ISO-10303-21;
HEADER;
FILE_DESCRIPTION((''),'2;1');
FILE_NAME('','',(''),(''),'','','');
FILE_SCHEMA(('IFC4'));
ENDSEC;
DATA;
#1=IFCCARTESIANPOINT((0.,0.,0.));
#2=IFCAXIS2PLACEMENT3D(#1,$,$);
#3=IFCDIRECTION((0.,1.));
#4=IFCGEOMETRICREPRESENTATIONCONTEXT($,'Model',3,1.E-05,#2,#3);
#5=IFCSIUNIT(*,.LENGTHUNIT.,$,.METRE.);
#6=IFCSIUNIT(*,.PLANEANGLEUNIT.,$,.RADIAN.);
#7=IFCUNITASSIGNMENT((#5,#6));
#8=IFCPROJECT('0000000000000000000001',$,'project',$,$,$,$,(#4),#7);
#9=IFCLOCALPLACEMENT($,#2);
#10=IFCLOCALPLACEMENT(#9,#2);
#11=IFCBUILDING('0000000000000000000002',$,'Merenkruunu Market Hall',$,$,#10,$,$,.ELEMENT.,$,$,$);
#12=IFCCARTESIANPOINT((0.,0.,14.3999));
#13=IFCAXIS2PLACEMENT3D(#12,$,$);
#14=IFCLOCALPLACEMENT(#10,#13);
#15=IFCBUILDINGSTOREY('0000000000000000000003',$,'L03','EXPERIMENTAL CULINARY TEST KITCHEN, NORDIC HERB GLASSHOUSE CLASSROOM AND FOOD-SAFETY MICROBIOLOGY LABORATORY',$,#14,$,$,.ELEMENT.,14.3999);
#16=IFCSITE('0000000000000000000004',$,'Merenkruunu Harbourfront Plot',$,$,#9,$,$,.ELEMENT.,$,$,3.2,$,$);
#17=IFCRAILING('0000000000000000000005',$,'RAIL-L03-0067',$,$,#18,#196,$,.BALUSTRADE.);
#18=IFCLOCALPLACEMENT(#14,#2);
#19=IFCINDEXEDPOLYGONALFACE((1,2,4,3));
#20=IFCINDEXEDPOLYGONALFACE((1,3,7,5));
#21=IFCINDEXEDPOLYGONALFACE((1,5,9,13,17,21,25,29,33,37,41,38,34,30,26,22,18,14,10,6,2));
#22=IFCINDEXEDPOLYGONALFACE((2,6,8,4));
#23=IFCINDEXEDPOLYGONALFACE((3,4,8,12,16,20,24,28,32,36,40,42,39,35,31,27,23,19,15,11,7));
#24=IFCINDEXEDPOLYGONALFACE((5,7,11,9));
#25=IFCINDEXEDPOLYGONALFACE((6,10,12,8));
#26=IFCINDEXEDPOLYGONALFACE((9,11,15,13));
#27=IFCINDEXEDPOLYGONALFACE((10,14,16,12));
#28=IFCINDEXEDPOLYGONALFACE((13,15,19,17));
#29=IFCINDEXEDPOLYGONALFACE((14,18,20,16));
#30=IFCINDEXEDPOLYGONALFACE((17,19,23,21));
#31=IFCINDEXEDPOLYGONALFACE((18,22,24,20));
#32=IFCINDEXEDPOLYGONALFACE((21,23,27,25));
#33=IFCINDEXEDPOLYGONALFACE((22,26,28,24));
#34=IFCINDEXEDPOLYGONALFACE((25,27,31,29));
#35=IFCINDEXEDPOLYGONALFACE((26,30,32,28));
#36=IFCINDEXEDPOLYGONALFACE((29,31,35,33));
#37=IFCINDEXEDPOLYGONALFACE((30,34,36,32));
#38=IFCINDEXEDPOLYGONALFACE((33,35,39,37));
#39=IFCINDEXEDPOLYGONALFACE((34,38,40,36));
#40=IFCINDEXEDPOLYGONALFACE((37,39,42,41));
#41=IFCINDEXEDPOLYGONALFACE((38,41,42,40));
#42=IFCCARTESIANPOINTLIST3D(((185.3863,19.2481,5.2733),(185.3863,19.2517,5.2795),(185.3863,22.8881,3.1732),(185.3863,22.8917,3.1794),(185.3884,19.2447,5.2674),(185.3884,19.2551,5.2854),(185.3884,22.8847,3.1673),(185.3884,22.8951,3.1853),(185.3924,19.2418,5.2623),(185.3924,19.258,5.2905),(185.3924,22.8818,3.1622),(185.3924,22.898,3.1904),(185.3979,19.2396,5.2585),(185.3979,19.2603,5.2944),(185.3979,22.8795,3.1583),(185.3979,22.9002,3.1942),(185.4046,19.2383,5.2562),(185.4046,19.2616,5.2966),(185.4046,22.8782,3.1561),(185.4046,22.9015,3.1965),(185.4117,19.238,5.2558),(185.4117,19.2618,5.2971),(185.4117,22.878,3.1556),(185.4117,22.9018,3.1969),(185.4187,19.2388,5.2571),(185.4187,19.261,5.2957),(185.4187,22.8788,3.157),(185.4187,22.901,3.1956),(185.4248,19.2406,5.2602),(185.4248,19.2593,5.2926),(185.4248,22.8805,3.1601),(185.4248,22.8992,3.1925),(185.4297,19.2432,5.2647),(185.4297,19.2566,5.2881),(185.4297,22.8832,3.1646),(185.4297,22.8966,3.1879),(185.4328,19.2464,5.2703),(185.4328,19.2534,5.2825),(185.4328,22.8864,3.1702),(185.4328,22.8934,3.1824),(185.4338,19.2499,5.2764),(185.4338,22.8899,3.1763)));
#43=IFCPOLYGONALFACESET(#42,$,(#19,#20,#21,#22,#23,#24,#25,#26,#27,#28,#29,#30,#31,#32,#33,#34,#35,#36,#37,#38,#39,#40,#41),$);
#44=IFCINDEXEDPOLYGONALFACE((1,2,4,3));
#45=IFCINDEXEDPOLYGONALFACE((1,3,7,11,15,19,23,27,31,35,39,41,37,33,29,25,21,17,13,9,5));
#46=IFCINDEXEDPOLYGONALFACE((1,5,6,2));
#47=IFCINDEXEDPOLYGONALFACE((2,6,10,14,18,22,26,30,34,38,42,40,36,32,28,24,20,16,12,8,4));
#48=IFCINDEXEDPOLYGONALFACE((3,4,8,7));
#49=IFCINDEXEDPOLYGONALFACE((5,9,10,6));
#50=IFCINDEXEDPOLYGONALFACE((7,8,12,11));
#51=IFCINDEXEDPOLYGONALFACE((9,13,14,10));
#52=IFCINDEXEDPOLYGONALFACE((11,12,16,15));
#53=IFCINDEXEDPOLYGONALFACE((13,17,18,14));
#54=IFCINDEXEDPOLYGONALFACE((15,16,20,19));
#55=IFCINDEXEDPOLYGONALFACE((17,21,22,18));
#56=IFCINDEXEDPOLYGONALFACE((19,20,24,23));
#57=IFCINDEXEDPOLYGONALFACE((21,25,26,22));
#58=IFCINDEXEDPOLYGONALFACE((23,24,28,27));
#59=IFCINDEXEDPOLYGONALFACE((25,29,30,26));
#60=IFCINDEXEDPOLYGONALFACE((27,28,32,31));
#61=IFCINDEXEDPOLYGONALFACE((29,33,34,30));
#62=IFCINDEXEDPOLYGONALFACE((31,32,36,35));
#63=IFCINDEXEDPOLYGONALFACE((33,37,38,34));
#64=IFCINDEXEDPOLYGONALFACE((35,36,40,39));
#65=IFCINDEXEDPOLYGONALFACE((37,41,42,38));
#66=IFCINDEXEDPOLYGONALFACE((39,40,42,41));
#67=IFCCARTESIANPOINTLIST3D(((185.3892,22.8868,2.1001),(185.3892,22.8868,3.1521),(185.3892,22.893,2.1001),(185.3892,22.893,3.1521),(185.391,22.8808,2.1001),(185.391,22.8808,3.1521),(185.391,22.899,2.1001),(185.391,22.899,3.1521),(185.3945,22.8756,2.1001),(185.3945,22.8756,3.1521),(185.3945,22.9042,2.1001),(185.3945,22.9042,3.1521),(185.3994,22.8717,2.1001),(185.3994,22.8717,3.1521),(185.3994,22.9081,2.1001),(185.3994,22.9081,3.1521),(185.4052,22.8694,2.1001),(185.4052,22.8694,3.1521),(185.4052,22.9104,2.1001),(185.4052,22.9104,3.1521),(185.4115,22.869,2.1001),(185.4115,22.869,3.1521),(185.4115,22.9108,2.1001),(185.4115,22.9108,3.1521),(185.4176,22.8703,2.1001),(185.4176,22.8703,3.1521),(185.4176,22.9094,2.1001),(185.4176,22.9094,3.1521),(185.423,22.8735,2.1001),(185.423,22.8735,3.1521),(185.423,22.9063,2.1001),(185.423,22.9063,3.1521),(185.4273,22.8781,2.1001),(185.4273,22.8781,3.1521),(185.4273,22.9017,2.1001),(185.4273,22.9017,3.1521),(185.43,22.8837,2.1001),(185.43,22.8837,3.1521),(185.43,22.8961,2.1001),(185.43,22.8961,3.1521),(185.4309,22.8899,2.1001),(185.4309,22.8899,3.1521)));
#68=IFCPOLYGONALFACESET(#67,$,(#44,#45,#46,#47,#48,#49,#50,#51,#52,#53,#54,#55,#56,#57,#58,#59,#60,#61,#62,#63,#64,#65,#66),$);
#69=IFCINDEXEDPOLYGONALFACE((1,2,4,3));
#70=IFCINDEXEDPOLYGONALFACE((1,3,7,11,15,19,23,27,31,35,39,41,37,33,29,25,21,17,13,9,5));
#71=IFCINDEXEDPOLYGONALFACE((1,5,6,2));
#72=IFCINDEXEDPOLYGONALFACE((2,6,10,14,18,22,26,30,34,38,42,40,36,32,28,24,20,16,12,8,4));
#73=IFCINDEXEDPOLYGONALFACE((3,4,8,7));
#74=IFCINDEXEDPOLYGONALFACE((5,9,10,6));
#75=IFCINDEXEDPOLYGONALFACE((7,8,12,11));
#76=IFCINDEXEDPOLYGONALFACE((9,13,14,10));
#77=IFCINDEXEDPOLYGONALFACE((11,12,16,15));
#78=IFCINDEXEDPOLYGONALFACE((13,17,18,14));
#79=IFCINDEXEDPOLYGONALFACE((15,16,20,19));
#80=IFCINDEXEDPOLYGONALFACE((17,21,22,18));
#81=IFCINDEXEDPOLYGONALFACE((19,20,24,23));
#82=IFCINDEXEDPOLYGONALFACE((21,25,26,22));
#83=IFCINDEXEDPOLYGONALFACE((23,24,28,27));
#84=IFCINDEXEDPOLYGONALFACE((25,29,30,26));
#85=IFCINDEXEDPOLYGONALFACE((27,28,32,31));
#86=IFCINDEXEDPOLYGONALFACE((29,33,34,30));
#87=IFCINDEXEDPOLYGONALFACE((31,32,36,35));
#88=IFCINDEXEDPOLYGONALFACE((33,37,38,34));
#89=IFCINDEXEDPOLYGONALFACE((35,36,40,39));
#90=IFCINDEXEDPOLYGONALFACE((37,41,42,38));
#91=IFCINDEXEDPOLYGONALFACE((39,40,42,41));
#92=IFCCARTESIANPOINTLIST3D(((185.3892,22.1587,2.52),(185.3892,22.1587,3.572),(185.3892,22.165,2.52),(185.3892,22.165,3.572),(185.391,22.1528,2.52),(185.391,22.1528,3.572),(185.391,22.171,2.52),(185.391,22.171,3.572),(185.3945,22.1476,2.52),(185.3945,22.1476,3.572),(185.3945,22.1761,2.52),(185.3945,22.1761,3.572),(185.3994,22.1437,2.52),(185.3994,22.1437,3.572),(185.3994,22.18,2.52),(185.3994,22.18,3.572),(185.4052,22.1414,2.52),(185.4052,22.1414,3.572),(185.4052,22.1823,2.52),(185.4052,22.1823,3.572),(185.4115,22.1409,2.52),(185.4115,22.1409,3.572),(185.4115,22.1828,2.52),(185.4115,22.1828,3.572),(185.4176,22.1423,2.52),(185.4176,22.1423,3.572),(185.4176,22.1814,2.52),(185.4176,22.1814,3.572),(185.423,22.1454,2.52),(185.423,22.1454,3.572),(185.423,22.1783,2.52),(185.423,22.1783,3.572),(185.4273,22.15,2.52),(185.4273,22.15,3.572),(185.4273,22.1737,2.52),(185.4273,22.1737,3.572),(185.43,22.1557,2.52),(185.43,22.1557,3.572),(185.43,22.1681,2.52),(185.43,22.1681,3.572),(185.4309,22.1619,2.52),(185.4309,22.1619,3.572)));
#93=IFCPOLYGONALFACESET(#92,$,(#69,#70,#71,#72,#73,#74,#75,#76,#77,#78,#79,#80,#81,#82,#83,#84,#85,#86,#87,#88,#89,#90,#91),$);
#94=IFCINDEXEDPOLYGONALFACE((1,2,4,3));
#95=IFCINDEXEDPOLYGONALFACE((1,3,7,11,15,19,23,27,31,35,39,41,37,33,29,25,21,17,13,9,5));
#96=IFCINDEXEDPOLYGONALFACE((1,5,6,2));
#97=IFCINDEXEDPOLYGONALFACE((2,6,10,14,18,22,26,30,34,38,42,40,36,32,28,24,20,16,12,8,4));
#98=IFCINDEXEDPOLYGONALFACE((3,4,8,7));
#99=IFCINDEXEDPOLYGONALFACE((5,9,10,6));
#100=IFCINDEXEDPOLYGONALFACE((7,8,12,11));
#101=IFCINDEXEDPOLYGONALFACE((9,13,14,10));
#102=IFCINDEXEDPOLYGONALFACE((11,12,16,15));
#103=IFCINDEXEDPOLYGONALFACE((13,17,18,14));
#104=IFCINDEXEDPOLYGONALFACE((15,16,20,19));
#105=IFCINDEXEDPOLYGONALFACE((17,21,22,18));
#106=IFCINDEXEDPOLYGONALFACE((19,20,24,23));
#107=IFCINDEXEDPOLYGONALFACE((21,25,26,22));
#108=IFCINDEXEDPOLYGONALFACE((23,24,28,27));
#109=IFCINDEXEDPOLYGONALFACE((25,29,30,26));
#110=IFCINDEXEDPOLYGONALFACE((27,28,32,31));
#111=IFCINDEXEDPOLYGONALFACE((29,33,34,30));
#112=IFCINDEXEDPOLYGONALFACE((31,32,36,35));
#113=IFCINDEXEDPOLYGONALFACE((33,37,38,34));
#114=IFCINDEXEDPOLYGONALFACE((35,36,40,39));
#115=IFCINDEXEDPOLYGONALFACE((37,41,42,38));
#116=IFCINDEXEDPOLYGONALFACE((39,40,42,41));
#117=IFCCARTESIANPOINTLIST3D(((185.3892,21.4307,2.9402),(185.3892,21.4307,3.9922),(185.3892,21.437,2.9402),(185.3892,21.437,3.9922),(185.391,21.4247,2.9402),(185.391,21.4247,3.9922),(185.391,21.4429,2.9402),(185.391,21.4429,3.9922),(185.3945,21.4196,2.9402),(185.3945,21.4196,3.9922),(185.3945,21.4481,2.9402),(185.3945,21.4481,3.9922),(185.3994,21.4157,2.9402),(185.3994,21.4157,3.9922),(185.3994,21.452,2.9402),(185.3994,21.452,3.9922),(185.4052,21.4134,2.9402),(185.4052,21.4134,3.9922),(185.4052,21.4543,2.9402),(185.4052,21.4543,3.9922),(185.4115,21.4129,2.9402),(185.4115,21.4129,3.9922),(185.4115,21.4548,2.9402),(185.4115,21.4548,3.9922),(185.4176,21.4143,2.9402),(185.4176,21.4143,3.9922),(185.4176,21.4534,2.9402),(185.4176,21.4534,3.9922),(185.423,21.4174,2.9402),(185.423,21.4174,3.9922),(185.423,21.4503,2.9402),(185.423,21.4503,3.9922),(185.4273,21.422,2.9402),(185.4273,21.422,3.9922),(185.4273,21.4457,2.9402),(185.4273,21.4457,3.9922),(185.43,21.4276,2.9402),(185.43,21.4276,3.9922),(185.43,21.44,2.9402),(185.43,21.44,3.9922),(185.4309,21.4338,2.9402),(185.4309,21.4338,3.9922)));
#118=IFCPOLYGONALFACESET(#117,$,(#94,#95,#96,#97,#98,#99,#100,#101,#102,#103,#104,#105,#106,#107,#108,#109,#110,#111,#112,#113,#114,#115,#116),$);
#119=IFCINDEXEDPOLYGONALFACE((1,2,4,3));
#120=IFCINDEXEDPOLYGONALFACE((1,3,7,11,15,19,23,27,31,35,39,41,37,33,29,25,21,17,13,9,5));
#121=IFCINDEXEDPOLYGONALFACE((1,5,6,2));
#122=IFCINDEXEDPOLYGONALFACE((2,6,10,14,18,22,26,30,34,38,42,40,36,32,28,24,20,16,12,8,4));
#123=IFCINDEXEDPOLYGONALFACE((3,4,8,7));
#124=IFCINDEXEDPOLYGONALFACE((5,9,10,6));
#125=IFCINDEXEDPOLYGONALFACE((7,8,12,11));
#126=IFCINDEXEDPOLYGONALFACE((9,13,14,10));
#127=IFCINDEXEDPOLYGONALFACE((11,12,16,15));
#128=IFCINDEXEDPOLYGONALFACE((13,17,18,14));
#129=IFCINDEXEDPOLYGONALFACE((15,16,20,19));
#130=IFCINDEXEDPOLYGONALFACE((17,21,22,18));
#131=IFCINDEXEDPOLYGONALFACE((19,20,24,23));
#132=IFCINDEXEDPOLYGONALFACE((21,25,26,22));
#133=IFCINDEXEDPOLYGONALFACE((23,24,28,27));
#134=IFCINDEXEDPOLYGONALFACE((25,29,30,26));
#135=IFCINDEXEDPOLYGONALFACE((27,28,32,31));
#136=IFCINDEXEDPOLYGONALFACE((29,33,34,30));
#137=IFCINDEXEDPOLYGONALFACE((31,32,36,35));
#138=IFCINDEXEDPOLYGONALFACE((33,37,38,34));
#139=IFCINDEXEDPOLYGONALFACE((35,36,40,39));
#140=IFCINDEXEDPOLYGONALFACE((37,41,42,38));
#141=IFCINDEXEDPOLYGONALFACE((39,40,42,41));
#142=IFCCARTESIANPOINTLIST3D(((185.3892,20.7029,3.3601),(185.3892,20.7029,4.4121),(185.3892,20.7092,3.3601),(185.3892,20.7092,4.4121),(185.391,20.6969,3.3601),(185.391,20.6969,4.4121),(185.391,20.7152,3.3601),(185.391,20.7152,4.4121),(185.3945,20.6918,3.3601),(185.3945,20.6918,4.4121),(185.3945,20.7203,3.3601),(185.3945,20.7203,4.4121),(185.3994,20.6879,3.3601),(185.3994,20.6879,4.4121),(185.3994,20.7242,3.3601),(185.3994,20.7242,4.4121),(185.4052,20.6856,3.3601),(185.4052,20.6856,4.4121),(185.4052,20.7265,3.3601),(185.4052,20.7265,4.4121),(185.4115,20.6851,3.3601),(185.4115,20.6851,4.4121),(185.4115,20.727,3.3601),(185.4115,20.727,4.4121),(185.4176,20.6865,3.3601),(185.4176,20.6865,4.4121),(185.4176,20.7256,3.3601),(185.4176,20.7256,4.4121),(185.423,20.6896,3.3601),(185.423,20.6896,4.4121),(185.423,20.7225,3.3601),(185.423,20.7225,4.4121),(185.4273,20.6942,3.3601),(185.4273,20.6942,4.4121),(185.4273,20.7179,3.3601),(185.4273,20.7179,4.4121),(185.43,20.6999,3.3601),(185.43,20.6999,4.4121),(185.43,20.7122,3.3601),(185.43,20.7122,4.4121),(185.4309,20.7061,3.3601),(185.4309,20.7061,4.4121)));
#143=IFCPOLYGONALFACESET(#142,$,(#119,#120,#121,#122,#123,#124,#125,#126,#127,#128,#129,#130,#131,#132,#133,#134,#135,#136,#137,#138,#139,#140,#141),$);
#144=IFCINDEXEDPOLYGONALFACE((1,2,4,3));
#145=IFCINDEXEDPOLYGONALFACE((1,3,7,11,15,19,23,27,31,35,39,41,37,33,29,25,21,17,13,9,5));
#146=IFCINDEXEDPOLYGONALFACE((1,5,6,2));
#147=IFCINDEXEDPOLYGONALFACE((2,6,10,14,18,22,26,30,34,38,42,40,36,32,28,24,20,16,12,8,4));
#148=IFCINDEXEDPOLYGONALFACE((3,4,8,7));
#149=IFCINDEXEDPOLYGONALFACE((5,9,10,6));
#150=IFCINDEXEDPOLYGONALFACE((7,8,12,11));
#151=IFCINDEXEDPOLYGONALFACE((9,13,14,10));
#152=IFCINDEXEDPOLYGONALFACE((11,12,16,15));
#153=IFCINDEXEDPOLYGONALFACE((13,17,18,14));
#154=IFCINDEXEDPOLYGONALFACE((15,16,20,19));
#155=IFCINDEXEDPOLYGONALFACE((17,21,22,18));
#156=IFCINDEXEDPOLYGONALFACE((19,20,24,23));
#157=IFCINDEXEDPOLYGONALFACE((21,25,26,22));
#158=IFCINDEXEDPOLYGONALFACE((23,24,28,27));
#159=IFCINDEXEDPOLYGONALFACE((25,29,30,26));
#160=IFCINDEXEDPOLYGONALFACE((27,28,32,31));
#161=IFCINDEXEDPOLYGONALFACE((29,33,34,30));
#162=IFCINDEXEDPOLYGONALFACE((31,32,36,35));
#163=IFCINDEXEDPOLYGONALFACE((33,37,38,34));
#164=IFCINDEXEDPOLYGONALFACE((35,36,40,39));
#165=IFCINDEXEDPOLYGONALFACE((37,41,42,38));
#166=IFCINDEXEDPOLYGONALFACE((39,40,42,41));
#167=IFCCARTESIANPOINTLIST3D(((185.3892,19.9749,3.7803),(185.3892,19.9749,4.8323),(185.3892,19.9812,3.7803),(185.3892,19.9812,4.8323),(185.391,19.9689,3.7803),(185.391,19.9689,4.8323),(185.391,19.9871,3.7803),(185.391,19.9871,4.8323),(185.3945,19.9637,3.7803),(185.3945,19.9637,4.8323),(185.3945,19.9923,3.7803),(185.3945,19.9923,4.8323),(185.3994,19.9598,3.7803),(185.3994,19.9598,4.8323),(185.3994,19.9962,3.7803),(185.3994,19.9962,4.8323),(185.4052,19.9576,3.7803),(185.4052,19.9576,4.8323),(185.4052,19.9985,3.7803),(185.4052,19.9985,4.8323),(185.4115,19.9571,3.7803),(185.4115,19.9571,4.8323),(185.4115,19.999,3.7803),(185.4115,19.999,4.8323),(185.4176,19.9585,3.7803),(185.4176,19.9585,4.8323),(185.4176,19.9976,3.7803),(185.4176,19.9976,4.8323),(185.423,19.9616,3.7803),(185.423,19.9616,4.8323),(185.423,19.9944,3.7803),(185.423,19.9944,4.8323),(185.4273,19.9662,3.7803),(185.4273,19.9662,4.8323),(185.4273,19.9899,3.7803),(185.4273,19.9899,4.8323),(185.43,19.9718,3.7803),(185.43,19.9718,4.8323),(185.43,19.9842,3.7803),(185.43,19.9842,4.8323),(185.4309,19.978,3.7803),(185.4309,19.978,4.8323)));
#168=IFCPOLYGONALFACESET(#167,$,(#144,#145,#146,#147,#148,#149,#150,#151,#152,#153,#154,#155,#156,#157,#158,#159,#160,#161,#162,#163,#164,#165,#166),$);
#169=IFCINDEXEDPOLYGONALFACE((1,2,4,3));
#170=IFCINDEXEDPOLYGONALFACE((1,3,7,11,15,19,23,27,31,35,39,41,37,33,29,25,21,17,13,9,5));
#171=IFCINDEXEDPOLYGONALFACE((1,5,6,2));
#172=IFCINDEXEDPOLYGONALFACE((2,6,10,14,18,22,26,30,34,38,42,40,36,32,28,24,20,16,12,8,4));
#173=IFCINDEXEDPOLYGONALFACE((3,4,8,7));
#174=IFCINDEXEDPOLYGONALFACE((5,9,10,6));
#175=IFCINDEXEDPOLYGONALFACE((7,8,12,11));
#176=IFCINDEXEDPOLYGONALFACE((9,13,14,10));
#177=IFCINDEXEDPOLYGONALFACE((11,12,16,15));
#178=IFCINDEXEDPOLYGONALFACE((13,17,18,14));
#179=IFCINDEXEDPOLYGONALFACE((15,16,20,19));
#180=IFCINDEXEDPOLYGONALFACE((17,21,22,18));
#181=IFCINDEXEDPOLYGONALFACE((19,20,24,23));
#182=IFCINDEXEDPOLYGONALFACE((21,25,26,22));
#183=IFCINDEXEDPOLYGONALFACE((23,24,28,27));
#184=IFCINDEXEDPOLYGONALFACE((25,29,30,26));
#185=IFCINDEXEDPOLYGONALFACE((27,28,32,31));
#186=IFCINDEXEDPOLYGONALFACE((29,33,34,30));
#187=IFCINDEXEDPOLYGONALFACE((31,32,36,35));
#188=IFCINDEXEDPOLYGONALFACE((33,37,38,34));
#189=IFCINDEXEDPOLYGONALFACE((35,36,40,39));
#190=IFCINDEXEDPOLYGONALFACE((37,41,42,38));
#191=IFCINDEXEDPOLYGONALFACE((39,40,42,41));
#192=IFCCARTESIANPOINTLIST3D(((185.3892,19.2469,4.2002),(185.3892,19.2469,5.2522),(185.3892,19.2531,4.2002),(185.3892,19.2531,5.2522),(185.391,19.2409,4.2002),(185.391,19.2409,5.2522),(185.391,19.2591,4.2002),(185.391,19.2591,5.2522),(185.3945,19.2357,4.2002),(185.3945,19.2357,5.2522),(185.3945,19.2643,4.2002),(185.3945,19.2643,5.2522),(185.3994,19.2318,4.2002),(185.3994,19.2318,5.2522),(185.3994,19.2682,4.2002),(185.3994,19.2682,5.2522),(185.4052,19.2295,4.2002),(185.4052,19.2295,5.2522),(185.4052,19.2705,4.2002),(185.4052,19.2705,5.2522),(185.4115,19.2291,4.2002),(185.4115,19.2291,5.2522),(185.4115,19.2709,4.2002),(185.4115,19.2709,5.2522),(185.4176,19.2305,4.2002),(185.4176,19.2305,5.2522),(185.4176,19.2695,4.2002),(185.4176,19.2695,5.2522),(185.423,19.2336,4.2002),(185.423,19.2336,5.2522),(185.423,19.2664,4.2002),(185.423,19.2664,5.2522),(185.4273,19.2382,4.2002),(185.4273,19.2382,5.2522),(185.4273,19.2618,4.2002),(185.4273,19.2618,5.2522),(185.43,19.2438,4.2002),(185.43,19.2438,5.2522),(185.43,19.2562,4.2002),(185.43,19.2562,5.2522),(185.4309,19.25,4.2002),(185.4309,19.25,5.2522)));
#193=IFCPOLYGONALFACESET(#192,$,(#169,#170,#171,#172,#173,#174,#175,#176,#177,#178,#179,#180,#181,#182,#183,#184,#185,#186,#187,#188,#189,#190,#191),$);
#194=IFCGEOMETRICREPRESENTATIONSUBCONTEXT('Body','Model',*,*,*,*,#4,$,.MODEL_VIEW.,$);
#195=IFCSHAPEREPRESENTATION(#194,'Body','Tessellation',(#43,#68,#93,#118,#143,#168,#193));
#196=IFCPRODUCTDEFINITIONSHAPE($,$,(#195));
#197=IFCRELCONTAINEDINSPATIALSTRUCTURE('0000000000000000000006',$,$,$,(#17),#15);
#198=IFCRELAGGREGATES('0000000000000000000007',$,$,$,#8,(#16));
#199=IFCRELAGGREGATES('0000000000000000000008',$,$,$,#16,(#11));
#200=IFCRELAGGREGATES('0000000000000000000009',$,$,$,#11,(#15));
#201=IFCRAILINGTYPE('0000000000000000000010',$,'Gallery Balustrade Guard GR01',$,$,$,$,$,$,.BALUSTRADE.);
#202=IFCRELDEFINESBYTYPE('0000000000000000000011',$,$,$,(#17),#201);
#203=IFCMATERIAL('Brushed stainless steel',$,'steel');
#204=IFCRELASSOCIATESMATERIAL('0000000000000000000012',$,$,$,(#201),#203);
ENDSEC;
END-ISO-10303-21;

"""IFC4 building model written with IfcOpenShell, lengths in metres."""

from ifc_helpers import new_model, si_unit, direction, frame, origin, origin_2d, place, context, subcontext, project, spatial, circle, extrude, material, type_object, element, save


model = new_model("IFC4")

# Units and contexts
model_context = context("Model", 3, precision=1e-05, world=origin(), true_north=direction((0.0, 1.0)))
body_context = subcontext(model_context, "Body", "Model", "MODEL_VIEW")
ifc_project = project(units=[si_unit("LENGTHUNIT", "METRE"), si_unit("PLANEANGLEUNIT", "RADIAN")], contexts=[model_context])

# Site, building, storey
site_placement = place(None, origin())
site = spatial("IfcSite", under=ifc_project, at=site_placement, Name="Merenkruunu Harbourfront Plot", CompositionType="ELEMENT", RefElevation=3.2)
building_placement = place(site_placement, origin())
building = spatial("IfcBuilding", under=site, at=building_placement, Name="Merenkruunu Market Hall", CompositionType="ELEMENT")
storey_placement = place(building_placement, frame((0.0, 0.0, 14.3999)))
storey = spatial("IfcBuildingStorey", under=building, at=storey_placement, Name="L03", Description="EXPERIMENTAL CULINARY TEST KITCHEN, NORDIC HERB GLASSHOUSE CLASSROOM AND FOOD-SAFETY MICROBIOLOGY LABORATORY", CompositionType="ELEMENT", Elevation=14.3999)

# Shared definitions
ifc_material_1 = material(Name="Brushed stainless steel", Category="steel")

# Railing
railing_type_1 = type_object("IfcRailingType", Name="Gallery Balustrade Guard GR01", PredefinedType="BALUSTRADE", material=ifc_material_1)
railing_1_placement = place(storey_placement, frame((185.4099, 22.8899, 2.1001)))
element("IfcRailing", 1, at=railing_1_placement, inside=storey, type_object=railing_type_1, Name="RAIL-L03-0067", PredefinedType="BALUSTRADE", context=body_context, shape_type="SweptSolid", body=[
    extrude(circle(Radius=0.0239, at=origin_2d()), frame((0.0, 0.0, 1.0762), z_axis=(0.0, -0.866169, 0.499751), x_axis=(1.0, 0.0, 0.0)), (0.0, 0.0, 1.0), 4.2024),
    extrude(circle(Radius=0.021, at=origin_2d()), origin(), (0.0, 0.0, 1.0), 1.052),
    extrude(circle(Radius=0.021, at=origin_2d()), frame((0.0, -0.728, 0.4199)), (0.0, 0.0, 1.0), 1.052),
    extrude(circle(Radius=0.021, at=origin_2d()), frame((0.0, -1.4561, 0.8401)), (0.0, 0.0, 1.0), 1.052),
    extrude(circle(Radius=0.021, at=origin_2d()), frame((0.0, -2.1838, 1.26)), (0.0, 0.0, 1.0), 1.052),
    extrude(circle(Radius=0.021, at=origin_2d()), frame((0.0, -2.9119, 1.6802)), (0.0, 0.0, 1.0), 1.052),
    extrude(circle(Radius=0.021, at=origin_2d()), frame((0.0, -3.6399, 2.1001)), (0.0, 0.0, 1.0), 1.052),
])

save(model, "model.ifc")
